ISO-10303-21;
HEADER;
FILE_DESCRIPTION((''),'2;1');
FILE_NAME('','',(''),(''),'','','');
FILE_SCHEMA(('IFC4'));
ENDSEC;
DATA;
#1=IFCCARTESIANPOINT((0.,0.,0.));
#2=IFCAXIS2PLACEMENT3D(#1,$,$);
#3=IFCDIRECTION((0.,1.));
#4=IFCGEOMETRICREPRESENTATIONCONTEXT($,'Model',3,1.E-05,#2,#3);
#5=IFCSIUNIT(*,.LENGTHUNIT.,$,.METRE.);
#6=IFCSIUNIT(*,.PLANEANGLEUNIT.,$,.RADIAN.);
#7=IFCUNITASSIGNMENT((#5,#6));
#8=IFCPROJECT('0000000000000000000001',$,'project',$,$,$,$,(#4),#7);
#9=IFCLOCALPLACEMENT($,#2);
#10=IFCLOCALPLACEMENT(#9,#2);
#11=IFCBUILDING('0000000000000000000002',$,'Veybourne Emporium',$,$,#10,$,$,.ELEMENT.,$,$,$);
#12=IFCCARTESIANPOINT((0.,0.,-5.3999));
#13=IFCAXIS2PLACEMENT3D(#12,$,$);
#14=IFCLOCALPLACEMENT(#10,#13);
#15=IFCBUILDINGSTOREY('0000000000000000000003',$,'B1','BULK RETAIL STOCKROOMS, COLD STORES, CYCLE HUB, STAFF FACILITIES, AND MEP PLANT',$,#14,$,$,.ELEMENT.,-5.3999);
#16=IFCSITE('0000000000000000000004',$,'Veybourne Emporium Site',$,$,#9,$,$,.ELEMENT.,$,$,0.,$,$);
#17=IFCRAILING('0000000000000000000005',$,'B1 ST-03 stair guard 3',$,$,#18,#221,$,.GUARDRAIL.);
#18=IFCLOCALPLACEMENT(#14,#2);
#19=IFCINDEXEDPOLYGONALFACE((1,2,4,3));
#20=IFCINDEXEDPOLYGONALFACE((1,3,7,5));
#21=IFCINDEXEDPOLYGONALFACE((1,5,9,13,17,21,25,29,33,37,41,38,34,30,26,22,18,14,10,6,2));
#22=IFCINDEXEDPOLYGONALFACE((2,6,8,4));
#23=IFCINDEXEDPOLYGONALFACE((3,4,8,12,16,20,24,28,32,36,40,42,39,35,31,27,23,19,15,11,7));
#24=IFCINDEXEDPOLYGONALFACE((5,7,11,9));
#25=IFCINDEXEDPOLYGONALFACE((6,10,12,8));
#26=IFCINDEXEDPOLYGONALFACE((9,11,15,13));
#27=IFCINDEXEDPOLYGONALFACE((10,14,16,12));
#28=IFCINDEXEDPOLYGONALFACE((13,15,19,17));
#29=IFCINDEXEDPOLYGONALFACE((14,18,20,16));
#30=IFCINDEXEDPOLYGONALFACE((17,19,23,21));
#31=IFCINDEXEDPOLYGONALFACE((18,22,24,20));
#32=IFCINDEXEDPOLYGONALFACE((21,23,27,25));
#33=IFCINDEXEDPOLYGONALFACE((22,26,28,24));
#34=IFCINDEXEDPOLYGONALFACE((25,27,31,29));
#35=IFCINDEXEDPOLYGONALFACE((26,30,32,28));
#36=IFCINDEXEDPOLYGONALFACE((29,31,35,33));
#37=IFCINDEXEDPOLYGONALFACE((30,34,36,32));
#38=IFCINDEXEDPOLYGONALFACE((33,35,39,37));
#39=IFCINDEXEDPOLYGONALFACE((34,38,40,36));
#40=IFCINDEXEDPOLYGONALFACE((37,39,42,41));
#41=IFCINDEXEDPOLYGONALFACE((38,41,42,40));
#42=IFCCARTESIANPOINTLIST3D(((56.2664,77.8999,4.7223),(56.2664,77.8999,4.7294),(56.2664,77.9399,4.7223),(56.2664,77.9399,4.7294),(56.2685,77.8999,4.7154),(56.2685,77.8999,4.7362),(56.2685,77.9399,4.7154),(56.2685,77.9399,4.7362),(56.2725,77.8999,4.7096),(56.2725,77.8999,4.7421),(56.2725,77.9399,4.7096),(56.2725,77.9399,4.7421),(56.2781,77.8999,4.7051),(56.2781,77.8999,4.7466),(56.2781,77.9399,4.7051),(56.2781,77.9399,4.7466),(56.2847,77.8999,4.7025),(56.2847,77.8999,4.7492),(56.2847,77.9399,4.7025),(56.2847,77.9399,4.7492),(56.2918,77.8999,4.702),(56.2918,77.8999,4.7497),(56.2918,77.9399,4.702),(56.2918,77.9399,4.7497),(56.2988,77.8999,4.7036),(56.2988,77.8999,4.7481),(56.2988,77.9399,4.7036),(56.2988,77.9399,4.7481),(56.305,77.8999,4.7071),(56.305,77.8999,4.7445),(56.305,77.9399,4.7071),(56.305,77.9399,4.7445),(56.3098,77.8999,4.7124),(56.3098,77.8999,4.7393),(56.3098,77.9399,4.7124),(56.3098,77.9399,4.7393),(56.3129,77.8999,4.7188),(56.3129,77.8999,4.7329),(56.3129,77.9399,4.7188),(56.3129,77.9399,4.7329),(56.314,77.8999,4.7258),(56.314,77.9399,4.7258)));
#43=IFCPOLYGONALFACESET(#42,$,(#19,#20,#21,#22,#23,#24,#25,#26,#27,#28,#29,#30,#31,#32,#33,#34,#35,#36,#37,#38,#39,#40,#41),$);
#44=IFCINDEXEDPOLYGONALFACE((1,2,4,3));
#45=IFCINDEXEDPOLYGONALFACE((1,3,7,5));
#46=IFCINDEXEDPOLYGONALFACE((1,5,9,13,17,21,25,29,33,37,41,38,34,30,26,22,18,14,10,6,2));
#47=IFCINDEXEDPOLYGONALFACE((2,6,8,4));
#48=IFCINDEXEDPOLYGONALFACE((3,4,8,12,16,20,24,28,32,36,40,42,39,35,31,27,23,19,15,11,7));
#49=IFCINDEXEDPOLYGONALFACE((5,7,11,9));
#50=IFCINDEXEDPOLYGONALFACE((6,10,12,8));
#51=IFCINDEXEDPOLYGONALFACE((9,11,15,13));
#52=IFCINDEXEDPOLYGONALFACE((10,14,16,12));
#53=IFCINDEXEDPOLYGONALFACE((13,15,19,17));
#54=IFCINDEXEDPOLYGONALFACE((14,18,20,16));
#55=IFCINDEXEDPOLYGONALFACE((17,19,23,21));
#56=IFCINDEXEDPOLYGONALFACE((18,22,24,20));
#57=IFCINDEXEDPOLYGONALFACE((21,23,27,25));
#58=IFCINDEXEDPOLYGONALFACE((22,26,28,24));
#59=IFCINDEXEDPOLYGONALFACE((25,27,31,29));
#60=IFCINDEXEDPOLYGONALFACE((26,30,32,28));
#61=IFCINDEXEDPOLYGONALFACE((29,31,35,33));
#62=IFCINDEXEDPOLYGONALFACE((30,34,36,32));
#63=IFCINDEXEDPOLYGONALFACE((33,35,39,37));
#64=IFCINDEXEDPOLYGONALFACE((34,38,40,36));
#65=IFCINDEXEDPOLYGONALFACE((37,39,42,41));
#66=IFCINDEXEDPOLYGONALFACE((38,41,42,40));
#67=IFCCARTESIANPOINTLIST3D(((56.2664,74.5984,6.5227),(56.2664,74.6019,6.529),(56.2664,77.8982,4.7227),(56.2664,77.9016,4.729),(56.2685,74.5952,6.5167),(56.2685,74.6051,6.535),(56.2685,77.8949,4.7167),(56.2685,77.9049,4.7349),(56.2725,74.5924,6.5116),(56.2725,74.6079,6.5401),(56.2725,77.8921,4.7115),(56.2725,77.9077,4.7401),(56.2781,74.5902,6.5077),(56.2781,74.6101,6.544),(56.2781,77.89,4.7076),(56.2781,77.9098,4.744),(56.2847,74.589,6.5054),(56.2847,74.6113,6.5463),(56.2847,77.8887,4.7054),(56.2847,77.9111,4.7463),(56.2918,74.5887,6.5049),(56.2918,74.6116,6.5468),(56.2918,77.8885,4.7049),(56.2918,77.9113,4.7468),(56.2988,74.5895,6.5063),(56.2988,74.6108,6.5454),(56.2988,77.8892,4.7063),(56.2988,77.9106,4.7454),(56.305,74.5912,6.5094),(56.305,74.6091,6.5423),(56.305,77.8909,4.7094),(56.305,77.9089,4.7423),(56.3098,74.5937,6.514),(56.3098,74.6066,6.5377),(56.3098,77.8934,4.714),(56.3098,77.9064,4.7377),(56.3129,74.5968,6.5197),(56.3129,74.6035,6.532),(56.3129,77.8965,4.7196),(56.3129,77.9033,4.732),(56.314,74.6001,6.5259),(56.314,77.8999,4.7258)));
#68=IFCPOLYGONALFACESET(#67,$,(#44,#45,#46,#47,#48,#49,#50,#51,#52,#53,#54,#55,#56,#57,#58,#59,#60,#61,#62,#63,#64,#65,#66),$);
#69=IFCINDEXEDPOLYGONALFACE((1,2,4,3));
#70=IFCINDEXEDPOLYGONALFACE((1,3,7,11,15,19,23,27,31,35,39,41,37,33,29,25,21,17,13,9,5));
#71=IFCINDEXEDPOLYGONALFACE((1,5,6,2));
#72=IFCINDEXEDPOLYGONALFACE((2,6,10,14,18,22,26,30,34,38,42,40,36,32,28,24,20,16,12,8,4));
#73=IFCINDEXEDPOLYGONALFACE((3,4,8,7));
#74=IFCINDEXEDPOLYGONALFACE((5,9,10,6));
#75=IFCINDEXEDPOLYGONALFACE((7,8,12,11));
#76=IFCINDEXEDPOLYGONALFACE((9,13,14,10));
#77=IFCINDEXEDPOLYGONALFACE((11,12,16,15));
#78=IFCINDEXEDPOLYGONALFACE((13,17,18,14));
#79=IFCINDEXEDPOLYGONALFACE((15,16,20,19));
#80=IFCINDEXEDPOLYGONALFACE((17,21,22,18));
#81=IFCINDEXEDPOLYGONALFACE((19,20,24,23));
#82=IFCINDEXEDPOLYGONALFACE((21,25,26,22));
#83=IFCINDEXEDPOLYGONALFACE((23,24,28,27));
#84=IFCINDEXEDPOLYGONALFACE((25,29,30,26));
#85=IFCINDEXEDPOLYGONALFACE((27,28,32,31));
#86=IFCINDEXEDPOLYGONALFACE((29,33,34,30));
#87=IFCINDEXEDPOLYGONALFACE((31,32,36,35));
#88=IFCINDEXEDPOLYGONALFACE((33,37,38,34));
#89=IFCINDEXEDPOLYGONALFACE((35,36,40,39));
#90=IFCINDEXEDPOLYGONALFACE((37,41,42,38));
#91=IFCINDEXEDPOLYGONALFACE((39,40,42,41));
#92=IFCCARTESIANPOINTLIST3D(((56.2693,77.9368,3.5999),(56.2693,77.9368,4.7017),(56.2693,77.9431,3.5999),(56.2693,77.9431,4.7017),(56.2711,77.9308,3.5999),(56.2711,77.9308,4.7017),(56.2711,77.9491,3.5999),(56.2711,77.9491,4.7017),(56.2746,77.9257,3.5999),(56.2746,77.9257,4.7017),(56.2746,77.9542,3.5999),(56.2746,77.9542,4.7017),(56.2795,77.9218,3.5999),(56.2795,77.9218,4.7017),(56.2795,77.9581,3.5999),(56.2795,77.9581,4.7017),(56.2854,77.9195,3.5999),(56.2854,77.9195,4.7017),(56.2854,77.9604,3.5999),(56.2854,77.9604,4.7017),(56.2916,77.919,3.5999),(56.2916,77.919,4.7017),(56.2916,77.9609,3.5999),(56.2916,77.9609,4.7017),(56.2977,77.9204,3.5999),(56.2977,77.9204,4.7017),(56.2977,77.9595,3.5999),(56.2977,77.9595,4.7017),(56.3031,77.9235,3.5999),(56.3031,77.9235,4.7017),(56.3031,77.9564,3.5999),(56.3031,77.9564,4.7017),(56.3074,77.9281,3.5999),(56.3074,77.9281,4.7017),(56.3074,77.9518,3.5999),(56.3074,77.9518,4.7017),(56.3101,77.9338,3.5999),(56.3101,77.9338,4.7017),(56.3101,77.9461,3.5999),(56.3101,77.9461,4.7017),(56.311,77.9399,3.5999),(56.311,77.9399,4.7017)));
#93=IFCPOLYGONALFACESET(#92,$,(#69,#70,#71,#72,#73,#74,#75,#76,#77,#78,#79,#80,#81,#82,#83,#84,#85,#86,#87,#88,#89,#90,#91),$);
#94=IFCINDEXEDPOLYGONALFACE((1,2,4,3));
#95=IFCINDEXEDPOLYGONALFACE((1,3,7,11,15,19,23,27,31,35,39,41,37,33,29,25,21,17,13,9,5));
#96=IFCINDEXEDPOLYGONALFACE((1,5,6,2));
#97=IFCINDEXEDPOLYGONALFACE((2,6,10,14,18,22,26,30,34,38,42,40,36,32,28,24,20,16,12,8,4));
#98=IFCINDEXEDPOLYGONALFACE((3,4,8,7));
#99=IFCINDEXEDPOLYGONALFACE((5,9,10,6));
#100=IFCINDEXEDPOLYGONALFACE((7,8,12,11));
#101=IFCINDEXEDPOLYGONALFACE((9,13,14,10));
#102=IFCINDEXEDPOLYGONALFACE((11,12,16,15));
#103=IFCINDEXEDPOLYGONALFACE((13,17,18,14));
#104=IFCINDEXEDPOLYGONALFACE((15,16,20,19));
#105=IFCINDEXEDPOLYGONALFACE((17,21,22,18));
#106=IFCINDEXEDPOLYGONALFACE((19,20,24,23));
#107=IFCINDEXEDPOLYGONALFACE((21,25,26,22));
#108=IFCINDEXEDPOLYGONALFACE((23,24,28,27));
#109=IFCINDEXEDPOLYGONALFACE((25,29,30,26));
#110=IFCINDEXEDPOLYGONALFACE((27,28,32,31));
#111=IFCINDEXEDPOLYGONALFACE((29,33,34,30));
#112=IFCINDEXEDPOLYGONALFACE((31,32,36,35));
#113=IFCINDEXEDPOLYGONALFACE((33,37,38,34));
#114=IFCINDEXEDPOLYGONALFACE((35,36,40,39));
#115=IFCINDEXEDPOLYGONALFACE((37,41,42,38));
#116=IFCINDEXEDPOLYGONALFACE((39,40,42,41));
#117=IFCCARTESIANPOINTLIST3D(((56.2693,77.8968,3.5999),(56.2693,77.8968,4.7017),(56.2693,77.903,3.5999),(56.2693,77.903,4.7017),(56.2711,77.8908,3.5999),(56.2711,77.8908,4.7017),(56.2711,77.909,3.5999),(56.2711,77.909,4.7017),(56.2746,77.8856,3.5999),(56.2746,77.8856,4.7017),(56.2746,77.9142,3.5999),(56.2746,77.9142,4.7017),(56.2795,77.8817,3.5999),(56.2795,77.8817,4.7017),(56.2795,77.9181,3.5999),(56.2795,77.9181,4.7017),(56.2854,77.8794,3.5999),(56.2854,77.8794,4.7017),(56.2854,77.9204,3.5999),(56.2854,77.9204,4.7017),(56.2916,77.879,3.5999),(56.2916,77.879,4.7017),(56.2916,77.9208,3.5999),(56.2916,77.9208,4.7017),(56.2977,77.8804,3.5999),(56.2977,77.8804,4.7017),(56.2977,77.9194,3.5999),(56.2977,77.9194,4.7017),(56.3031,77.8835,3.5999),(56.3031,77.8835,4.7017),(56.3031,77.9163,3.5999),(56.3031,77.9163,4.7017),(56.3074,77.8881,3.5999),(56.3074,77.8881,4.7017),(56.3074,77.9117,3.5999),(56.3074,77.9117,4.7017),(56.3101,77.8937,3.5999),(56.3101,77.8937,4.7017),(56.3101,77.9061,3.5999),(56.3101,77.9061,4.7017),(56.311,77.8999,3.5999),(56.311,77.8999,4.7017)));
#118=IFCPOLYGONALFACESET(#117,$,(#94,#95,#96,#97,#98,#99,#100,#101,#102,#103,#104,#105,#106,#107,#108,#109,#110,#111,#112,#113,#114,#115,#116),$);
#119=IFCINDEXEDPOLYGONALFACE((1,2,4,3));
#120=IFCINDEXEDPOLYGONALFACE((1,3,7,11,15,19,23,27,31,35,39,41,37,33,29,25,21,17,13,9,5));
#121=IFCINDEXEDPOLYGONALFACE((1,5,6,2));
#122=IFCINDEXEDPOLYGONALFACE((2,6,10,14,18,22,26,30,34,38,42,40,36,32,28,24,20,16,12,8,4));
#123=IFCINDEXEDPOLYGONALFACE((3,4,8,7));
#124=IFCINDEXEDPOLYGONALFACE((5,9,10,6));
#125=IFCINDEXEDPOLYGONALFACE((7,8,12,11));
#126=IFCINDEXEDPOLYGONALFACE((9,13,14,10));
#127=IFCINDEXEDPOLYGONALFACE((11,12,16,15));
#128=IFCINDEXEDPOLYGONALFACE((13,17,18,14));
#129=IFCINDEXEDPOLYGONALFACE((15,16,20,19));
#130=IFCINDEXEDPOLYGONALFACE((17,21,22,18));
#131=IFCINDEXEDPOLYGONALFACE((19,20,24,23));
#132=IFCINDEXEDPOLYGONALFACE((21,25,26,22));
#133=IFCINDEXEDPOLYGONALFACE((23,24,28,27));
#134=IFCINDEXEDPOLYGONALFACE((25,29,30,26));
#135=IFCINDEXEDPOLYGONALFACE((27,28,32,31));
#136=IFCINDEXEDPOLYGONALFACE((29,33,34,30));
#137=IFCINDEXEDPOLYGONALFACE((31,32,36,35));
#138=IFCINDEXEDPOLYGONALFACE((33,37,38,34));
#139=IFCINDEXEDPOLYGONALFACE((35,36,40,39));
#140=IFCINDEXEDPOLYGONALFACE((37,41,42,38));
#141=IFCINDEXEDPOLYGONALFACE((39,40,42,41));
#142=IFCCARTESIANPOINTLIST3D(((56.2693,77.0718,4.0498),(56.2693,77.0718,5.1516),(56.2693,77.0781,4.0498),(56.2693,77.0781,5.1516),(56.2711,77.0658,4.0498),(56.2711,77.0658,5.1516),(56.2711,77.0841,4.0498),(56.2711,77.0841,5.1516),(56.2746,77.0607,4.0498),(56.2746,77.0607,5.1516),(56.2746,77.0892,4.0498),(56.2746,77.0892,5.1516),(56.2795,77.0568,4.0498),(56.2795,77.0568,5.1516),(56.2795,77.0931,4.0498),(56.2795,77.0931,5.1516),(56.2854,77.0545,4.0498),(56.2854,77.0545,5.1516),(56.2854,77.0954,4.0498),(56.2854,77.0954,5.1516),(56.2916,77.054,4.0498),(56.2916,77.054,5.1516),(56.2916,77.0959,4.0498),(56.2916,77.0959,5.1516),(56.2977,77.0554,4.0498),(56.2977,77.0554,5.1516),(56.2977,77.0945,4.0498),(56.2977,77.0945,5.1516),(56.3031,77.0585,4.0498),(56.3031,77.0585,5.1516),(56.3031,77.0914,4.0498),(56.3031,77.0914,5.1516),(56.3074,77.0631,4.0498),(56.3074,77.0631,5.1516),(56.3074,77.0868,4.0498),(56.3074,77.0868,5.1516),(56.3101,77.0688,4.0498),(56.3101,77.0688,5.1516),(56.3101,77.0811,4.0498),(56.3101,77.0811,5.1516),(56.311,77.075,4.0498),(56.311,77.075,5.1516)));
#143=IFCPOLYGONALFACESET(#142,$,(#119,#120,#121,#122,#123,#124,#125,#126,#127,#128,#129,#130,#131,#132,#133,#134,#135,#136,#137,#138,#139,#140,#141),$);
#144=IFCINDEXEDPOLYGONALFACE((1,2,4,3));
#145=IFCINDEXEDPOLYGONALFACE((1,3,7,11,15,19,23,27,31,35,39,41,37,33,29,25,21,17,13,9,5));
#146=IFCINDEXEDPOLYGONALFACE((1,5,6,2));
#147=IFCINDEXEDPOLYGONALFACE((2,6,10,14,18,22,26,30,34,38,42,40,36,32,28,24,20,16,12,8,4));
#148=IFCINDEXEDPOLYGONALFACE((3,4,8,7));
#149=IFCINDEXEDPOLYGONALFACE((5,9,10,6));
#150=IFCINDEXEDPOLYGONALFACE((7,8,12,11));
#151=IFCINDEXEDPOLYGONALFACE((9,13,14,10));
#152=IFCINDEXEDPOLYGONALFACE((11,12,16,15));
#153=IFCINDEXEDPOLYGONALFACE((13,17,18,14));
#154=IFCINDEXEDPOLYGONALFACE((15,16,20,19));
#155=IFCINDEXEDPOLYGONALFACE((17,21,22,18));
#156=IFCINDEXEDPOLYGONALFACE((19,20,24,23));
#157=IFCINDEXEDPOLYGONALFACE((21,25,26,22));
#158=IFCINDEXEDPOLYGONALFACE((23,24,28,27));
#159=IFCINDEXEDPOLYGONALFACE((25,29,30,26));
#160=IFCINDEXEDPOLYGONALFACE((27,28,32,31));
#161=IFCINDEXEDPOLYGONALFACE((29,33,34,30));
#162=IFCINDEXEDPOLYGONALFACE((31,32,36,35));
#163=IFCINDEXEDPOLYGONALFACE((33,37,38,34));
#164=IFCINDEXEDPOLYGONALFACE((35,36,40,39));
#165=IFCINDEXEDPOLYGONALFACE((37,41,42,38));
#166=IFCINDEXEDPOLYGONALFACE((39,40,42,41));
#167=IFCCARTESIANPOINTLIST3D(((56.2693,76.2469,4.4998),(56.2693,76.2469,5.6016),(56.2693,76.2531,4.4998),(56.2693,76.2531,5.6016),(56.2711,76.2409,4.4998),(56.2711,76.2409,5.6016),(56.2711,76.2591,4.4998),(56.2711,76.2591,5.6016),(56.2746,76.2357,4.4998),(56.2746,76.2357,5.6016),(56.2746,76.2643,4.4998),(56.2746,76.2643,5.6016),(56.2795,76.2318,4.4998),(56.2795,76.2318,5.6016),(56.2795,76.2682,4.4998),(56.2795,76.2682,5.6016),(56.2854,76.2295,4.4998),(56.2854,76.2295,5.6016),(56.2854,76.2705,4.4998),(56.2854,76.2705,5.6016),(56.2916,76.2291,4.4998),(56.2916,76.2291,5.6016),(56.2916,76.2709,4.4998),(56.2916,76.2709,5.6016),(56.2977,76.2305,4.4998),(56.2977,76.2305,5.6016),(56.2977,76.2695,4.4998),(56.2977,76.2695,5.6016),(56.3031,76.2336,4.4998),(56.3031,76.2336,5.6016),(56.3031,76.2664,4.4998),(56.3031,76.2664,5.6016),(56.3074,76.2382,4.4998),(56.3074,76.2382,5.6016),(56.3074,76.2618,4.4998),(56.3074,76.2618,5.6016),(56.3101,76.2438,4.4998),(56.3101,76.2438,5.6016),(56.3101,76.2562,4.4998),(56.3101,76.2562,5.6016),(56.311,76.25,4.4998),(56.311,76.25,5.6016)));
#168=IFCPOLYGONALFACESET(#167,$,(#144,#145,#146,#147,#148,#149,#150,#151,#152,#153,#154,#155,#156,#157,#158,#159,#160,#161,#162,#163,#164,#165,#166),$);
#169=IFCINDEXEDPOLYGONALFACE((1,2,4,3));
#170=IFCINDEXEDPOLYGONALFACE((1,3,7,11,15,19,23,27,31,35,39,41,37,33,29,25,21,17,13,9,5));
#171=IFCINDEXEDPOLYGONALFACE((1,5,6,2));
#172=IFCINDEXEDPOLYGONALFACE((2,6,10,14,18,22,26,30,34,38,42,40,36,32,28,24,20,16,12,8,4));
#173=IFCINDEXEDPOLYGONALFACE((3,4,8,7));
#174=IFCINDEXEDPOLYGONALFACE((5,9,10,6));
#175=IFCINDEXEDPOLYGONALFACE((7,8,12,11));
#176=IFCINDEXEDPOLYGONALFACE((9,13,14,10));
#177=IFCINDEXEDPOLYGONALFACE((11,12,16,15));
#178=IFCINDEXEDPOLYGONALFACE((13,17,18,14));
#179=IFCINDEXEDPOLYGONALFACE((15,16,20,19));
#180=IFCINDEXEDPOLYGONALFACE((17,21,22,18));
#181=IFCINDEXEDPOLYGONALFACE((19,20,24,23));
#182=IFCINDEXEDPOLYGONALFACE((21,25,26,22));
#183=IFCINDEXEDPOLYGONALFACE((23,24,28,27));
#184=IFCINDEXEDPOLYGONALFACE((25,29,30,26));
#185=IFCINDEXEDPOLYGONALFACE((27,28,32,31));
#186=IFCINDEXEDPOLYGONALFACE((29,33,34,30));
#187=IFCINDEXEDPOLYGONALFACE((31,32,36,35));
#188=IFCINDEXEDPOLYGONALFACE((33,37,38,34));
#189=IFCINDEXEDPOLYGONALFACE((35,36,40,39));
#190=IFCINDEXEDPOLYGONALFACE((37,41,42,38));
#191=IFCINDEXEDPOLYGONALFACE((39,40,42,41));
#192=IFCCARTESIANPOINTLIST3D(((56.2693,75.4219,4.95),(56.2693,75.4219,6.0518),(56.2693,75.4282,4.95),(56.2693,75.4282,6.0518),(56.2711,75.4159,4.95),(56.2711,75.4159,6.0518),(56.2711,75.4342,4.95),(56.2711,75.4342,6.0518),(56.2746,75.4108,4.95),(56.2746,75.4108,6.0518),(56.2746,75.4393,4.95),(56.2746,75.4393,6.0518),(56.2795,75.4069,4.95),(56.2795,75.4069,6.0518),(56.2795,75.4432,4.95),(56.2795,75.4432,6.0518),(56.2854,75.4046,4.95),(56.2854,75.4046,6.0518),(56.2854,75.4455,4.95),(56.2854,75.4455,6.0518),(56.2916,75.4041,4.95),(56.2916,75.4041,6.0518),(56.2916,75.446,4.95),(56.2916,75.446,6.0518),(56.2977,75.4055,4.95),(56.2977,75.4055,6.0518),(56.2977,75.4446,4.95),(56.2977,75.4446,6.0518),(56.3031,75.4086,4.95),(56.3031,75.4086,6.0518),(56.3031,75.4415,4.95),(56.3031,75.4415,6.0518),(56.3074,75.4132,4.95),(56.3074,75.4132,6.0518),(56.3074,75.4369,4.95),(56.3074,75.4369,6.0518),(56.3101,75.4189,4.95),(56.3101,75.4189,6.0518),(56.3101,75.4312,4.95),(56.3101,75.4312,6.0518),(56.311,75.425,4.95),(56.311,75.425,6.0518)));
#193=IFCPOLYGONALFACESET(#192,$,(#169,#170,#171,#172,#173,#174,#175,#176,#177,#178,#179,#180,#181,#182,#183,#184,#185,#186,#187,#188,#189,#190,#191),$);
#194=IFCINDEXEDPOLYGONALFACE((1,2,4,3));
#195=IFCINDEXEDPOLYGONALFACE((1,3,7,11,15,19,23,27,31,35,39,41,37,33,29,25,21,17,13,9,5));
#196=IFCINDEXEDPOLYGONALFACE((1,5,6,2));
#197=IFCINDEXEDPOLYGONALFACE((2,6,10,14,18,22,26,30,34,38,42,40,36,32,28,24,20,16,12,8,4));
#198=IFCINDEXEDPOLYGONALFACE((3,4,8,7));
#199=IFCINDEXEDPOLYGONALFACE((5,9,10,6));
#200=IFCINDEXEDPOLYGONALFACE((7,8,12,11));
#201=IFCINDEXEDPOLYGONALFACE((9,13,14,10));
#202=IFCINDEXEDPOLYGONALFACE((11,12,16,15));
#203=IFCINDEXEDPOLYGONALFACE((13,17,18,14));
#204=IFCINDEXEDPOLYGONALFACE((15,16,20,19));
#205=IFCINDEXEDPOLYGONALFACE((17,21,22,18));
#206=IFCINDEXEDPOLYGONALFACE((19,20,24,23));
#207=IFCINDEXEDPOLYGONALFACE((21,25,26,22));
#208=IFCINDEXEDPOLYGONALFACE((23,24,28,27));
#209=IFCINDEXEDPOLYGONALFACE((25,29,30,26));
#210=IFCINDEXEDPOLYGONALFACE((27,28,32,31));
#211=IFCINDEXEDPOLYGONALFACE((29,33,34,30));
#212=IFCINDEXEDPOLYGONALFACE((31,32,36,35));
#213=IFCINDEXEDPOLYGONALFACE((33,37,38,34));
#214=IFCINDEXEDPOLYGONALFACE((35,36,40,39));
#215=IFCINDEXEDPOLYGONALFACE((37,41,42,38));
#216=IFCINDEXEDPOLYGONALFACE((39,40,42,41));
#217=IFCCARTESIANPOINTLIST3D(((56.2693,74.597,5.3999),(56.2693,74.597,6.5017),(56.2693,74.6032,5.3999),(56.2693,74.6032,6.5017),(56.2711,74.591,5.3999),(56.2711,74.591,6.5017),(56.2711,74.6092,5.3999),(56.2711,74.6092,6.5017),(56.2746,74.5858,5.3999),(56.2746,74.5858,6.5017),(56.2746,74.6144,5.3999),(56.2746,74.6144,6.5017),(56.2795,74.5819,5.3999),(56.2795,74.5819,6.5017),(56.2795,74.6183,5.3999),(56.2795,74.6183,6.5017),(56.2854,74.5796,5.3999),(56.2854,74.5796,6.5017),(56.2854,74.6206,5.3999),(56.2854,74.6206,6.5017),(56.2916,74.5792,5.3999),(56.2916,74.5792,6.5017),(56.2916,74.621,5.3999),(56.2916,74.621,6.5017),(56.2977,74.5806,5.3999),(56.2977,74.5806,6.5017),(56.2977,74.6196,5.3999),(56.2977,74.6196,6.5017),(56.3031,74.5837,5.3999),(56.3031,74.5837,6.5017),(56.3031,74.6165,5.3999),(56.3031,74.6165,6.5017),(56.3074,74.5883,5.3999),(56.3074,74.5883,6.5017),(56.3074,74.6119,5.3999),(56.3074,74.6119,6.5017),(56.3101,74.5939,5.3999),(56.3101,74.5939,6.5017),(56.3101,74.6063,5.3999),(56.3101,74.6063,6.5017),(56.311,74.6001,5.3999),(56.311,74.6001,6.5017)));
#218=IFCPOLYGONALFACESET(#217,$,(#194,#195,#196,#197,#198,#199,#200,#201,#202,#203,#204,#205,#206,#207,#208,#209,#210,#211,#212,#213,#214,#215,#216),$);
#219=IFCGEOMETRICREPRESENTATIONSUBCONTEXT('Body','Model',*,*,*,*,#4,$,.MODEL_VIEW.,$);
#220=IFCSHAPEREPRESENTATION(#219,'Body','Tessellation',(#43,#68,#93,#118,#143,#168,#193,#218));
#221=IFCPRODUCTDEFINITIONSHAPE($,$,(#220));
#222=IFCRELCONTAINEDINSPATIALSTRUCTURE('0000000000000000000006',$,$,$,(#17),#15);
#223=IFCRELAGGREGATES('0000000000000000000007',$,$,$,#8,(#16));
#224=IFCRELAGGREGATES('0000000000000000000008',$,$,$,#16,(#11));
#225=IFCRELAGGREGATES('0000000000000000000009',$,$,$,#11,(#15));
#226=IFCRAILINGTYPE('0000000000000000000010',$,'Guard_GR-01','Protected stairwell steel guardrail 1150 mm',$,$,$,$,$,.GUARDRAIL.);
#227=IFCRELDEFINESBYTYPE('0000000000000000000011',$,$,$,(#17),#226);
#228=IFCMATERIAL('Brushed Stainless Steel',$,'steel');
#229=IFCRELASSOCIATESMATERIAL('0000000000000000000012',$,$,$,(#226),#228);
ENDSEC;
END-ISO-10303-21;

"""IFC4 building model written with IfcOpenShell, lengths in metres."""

from ifc_helpers import new_model, si_unit, direction, frame, origin, origin_2d, place, context, subcontext, project, spatial, circle, extrude, material, type_object, element, save


model = new_model("IFC4")

# Units and contexts
model_context = context("Model", 3, precision=1e-05, world=origin(), true_north=direction((0.0, 1.0)))
body_context = subcontext(model_context, "Body", "Model", "MODEL_VIEW")
ifc_project = project(units=[si_unit("LENGTHUNIT", "METRE"), si_unit("PLANEANGLEUNIT", "RADIAN")], contexts=[model_context])

# Site, building, storey
site_placement = place(None, origin())
site = spatial("IfcSite", under=ifc_project, at=site_placement, Name="Veybourne Emporium Site", CompositionType="ELEMENT", RefElevation=0.0)
building_placement = place(site_placement, origin())
building = spatial("IfcBuilding", under=site, at=building_placement, Name="Veybourne Emporium", CompositionType="ELEMENT")
storey_placement = place(building_placement, frame((0.0, 0.0, -5.3999)))
storey = spatial("IfcBuildingStorey", under=building, at=storey_placement, Name="B1", Description="BULK RETAIL STOCKROOMS, COLD STORES, CYCLE HUB, STAFF FACILITIES, AND MEP PLANT", CompositionType="ELEMENT", Elevation=-5.3999)

# Railing
ifc_material_1 = material(Name="Brushed Stainless Steel", Category="steel")
railing_type_1 = type_object("IfcRailingType", Name="Guard_GR-01", Description="Protected stairwell steel guardrail 1150 mm", PredefinedType="GUARDRAIL", material=ifc_material_1)
railing_1_placement = place(storey_placement, frame((56.29, 77.9399, 3.5999)))
element("IfcRailing", 1, at=railing_1_placement, inside=storey, type_object=railing_type_1, Name="B1 ST-03 stair guard 3", PredefinedType="GUARDRAIL", context=body_context, shape_type="SweptSolid", body=[
    extrude(circle(Radius=0.0239, at=origin_2d()), frame((0.0, 0.0, 1.126), z_axis=(0.0, -1.0, 0.0), x_axis=(1.0, 0.0, 0.0)), (0.0, 0.0, 1.0), 0.04),
    extrude(circle(Radius=0.0239, at=origin_2d()), frame((0.0, -0.04, 1.126), z_axis=(0.0, -0.877878, 0.478884), x_axis=(1.0, 0.0, 0.0)), (0.0, 0.0, 1.0), 3.7588),
    extrude(circle(Radius=0.021, at=origin_2d()), origin(), (0.0, 0.0, 1.0), 1.1018),
    extrude(circle(Radius=0.021, at=origin_2d()), frame((0.0, -0.04, 0.0)), (0.0, 0.0, 1.0), 1.1018),
    extrude(circle(Radius=0.021, at=origin_2d()), frame((0.0, -0.865, 0.45)), (0.0, 0.0, 1.0), 1.1018),
    extrude(circle(Radius=0.021, at=origin_2d()), frame((0.0, -1.6899, 0.8999)), (0.0, 0.0, 1.0), 1.1018),
    extrude(circle(Radius=0.021, at=origin_2d()), frame((0.0, -2.5149, 1.3501)), (0.0, 0.0, 1.0), 1.1018),
    extrude(circle(Radius=0.021, at=origin_2d()), frame((0.0, -3.3398, 1.8)), (0.0, 0.0, 1.0), 1.1018),
])

save(model, "model.ifc")
